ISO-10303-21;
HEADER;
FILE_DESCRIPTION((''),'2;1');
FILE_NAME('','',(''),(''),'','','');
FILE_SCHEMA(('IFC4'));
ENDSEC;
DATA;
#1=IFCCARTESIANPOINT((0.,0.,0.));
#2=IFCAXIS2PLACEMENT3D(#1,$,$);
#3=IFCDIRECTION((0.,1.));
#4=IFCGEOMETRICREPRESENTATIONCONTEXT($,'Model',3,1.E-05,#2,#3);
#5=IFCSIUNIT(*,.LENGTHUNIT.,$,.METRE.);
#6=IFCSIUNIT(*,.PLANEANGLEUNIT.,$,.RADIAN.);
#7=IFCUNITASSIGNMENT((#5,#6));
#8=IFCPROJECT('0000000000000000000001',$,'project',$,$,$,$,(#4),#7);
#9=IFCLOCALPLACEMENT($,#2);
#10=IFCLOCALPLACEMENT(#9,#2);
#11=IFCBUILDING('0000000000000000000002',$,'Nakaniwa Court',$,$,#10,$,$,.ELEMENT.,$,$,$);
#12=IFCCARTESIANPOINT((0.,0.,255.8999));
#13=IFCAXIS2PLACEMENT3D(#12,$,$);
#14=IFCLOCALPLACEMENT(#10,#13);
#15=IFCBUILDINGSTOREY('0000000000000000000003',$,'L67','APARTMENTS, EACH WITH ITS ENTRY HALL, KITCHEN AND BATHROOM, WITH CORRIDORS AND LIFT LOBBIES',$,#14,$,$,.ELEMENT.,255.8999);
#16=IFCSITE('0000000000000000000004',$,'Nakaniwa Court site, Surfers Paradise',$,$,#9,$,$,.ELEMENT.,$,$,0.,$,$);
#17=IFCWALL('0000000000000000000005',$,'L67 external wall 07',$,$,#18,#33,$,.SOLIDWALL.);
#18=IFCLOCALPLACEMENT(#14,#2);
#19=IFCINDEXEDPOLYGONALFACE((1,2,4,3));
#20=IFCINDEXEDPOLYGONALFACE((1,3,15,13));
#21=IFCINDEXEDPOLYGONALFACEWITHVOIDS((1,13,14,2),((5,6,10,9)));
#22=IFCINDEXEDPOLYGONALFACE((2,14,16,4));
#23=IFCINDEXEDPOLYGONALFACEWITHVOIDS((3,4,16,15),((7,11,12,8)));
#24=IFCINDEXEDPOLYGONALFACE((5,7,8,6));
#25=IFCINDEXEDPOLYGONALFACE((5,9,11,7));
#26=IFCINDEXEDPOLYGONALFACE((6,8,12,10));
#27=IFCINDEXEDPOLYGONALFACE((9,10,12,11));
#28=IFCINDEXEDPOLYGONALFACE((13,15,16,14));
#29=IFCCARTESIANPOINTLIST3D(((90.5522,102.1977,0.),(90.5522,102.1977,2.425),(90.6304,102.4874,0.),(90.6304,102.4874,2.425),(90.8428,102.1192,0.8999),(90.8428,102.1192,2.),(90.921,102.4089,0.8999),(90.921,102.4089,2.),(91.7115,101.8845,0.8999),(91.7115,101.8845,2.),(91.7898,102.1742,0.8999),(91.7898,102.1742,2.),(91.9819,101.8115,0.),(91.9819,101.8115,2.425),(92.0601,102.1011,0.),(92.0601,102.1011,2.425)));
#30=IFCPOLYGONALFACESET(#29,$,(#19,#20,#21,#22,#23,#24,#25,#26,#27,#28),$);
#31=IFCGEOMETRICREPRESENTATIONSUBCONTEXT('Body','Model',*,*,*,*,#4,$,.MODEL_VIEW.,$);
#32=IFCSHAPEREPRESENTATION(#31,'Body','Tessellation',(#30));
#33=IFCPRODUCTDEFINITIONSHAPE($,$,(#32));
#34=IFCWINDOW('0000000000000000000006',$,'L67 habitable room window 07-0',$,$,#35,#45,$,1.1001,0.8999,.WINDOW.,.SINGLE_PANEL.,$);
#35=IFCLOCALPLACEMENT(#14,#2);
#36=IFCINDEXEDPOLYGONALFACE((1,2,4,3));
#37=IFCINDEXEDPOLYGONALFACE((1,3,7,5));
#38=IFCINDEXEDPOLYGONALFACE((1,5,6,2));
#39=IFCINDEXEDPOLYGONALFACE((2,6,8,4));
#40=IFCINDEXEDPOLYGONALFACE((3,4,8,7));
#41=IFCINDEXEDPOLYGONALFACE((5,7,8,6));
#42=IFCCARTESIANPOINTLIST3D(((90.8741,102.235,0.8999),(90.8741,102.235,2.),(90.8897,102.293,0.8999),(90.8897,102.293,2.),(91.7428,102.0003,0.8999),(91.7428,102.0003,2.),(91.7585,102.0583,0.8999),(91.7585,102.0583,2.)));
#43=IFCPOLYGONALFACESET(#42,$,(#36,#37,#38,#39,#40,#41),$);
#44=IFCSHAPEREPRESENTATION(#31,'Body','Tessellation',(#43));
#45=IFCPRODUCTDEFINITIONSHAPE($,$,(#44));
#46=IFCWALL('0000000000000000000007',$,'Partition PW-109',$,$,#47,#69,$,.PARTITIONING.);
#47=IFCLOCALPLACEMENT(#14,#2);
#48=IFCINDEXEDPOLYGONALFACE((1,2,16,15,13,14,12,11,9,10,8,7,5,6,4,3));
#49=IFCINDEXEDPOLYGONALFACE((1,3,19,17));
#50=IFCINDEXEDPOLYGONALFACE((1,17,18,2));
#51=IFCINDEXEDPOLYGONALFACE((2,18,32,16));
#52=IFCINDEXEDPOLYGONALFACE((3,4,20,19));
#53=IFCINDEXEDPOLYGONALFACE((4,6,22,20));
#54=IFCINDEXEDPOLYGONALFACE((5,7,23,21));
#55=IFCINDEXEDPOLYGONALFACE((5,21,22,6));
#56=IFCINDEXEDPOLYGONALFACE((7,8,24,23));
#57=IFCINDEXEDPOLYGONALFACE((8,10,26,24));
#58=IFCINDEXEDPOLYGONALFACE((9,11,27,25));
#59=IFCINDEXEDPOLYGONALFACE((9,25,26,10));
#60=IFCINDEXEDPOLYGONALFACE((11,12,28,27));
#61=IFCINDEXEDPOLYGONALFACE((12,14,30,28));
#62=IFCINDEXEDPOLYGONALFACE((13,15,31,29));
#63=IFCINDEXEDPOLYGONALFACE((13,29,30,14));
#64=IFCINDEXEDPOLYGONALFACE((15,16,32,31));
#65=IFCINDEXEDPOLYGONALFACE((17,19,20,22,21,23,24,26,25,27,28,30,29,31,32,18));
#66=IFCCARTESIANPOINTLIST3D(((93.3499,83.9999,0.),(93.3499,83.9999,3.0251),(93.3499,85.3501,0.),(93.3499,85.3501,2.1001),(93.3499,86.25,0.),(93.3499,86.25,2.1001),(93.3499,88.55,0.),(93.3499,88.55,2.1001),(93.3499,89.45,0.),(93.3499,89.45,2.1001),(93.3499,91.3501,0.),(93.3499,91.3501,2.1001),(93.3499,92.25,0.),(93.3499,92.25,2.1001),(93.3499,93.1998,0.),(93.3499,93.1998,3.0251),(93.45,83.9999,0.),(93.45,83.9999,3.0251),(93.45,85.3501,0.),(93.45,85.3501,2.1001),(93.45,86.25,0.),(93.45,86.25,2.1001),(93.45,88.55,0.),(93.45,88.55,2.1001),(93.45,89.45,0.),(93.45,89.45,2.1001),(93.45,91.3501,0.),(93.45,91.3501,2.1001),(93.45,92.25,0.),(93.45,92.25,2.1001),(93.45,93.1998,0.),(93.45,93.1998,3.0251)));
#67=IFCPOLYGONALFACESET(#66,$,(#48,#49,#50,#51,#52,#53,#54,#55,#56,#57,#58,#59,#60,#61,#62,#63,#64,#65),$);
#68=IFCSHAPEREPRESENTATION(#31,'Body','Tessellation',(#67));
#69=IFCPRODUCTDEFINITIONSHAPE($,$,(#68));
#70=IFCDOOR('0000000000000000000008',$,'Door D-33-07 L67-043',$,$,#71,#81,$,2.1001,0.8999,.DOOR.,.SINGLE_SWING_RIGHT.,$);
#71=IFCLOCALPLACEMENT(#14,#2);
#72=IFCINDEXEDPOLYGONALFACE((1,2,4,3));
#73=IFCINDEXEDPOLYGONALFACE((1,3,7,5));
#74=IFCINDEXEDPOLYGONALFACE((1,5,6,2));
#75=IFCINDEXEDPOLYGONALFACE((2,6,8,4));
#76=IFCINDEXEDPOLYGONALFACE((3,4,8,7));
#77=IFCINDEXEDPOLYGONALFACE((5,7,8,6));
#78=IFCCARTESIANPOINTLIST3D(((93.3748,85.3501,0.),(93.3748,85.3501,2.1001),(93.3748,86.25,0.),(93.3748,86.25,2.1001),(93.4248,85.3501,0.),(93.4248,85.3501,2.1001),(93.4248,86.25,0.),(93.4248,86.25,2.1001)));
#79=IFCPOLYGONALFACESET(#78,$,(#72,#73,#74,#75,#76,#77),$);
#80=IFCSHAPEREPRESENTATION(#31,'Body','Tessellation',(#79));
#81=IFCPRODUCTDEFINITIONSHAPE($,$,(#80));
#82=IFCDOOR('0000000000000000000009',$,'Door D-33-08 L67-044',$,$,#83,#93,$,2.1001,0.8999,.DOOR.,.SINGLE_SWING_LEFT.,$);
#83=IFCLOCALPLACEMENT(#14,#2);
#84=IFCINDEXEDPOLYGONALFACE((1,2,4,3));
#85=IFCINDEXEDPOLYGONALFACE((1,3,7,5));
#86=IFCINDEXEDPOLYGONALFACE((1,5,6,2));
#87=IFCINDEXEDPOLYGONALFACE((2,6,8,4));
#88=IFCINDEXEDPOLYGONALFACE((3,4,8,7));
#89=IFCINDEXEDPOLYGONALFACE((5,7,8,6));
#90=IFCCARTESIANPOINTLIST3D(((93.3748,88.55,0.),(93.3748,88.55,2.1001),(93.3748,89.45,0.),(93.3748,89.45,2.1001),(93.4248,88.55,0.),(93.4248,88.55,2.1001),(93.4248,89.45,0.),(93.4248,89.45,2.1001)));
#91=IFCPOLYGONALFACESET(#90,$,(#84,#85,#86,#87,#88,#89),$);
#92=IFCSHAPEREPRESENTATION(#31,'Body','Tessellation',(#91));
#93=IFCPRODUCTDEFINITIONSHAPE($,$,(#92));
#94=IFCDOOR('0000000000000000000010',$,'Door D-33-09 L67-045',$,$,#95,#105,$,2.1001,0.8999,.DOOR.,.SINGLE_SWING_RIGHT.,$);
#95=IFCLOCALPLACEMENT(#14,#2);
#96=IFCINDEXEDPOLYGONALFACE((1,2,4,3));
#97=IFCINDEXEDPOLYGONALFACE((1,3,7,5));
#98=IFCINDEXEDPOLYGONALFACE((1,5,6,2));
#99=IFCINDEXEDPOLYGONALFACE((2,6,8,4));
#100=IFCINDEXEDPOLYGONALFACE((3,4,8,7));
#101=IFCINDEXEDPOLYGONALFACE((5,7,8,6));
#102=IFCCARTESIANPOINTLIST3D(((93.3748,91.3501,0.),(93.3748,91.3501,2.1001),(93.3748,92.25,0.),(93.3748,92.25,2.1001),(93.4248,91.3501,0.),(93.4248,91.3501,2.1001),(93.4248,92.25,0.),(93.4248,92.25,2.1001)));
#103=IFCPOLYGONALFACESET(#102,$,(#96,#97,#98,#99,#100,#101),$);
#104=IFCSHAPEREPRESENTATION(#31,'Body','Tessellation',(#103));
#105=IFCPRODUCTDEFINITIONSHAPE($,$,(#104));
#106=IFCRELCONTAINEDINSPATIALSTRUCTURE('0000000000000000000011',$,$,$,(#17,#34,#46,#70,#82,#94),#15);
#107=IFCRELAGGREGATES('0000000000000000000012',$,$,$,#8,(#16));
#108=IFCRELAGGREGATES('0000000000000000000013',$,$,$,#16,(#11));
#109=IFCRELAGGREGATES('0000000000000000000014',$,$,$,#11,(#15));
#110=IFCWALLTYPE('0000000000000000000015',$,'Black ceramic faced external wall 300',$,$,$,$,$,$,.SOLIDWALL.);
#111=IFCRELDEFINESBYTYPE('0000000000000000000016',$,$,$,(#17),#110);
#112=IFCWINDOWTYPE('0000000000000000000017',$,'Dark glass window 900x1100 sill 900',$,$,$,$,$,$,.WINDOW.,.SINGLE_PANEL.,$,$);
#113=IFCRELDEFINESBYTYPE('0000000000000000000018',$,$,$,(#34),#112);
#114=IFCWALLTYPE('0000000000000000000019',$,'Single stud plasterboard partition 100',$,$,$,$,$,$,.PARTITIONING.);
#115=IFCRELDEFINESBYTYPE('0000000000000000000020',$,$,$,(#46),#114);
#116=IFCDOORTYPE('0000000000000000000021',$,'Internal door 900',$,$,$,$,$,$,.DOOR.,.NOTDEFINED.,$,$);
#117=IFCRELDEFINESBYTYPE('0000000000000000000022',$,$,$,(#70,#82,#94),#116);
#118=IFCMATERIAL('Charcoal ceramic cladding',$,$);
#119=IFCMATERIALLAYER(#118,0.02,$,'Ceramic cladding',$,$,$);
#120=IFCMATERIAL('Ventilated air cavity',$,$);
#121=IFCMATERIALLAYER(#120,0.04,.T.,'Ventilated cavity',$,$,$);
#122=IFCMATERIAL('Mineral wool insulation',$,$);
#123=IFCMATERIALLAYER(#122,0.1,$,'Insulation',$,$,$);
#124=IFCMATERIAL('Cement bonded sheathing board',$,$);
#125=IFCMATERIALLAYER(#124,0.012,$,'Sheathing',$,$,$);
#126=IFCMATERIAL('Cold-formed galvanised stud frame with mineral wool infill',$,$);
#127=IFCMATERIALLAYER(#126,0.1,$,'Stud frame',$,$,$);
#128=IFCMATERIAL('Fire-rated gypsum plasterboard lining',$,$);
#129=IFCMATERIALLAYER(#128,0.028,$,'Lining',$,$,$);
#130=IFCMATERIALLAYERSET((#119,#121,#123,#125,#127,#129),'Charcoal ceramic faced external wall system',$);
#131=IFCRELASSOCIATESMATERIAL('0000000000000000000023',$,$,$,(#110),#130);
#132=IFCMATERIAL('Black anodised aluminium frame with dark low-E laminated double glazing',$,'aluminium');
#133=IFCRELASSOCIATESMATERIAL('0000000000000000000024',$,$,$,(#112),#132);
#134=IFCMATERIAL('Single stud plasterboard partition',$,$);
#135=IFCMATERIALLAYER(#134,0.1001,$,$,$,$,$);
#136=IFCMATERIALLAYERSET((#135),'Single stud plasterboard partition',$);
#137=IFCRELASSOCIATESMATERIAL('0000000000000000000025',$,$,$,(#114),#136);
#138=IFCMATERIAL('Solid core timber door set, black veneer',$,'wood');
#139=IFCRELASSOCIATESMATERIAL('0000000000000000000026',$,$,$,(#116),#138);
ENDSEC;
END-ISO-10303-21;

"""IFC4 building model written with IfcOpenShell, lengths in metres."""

from ifc_helpers import new_model, si_unit, direction, frame, frame_2d, origin, place, context, subcontext, project, spatial, rectangle, extrude, material, layer, layer_set, type_object, element, fill, save


model = new_model("IFC4")

# Units and contexts
model_context = context("Model", 3, precision=1e-05, world=origin(), true_north=direction((0.0, 1.0)))
body_context = subcontext(model_context, "Body", "Model", "MODEL_VIEW")
ifc_project = project(units=[si_unit("LENGTHUNIT", "METRE"), si_unit("PLANEANGLEUNIT", "RADIAN")], contexts=[model_context])

# Site, building, storey
site_placement = place(None, origin())
site = spatial("IfcSite", under=ifc_project, at=site_placement, Name="Nakaniwa Court site, Surfers Paradise", CompositionType="ELEMENT", RefElevation=0.0)
building_placement = place(site_placement, origin())
building = spatial("IfcBuilding", under=site, at=building_placement, Name="Nakaniwa Court", CompositionType="ELEMENT")
storey_placement = place(building_placement, frame((0.0, 0.0, 255.8999)))
storey = spatial("IfcBuildingStorey", under=building, at=storey_placement, Name="L67", Description="APARTMENTS, EACH WITH ITS ENTRY HALL, KITCHEN AND BATHROOM, WITH CORRIDORS AND LIFT LOBBIES", CompositionType="ELEMENT", Elevation=255.8999)

# Shared definitions
ifc_material_1 = material(Name="Solid core timber door set, black veneer", Category="wood")

# Wall, opening, window
ifc_material_2 = material(Name="Charcoal ceramic cladding")
ifc_layer_1 = layer(ifc_material_2, 0.02, Name="Ceramic cladding")
ifc_material_3 = material(Name="Ventilated air cavity")
ifc_layer_2 = layer(ifc_material_3, 0.04, ventilated=True, Name="Ventilated cavity")
ifc_material_4 = material(Name="Mineral wool insulation")
ifc_layer_3 = layer(ifc_material_4, 0.1, Name="Insulation")
ifc_material_5 = material(Name="Cement bonded sheathing board")
ifc_layer_4 = layer(ifc_material_5, 0.012, Name="Sheathing")
ifc_material_6 = material(Name="Cold-formed galvanised stud frame with mineral wool infill")
ifc_layer_5 = layer(ifc_material_6, 0.1, Name="Stud frame")
ifc_material_7 = material(Name="Fire-rated gypsum plasterboard lining")
ifc_layer_6 = layer(ifc_material_7, 0.028, Name="Lining")
ifc_layer_set_1 = layer_set([ifc_layer_1, ifc_layer_2, ifc_layer_3, ifc_layer_4, ifc_layer_5, ifc_layer_6], Name="Charcoal ceramic faced external wall system")
wall_type_1 = type_object("IfcWallType", Name="Black ceramic faced external wall 300", PredefinedType="SOLIDWALL", material=ifc_layer_set_1)
ifc_material_8 = material(Name="Black anodised aluminium frame with dark low-E laminated double glazing", Category="aluminium")
window_type_1 = type_object("IfcWindowType", Name="Dark glass window 900x1100 sill 900", PartitioningType="SINGLE_PANEL", PredefinedType="WINDOW", material=ifc_material_8)
wall_1_placement = place(storey_placement, frame((92.021, 101.9563, 0.0), z_axis=(0.0, 0.0, 1.0), x_axis=(-0.965393, 0.260801, 0.0)))
wall_1 = element("IfcWall", 1, at=wall_1_placement, inside=storey, type_object=wall_type_1, Name="L67 external wall 07", PredefinedType="SOLIDWALL", context=body_context, shape_type="SweptSolid", body=[
    extrude(rectangle(XDim=1.481, YDim=0.3, at=frame_2d((0.7405, 0.0))), origin(), (0.0, 0.0, 1.0), 2.425),
])
opening_1_placement = place(wall_1_placement, frame((0.28, 0.0, 0.8999)))
opening_1 = element("IfcOpeningElement", 2, at=opening_1_placement, cuts=wall_1, PredefinedType="OPENING", context=body_context, shape_type="SweptSolid", body=[
    extrude(rectangle(XDim=0.8999, YDim=1.1001, at=frame_2d((0.45, 0.55))), frame((0.0, 0.1599, 0.0), z_axis=(0.0, -1.0, 0.0), x_axis=(1.0, 0.0, 0.0)), (0.0, 0.0, 1.0), 0.3201),
])
window_1_placement = place(opening_1_placement, origin())
window_1 = element("IfcWindow", 3, at=window_1_placement, inside=storey, type_object=window_type_1, Name="L67 habitable room window 07-0", OverallHeight=1.1001, OverallWidth=0.8999, PartitioningType="SINGLE_PANEL", PredefinedType="WINDOW", context=body_context, shape_type="SweptSolid", body=[
    extrude(rectangle(XDim=0.8999, YDim=1.1001, at=frame_2d((0.45, 0.55))), frame((0.0, 0.03, 0.0), z_axis=(0.0, -1.0, 0.0), x_axis=(1.0, 0.0, 0.0)), (0.0, 0.0, 1.0), 0.0601),
])
fill(opening_1, window_1)

# Wall, openings, doors
ifc_material_9 = material(Name="Single stud plasterboard partition")
ifc_layer_7 = layer(ifc_material_9, 0.1001)
ifc_layer_set_2 = layer_set([ifc_layer_7], Name="Single stud plasterboard partition")
wall_type_2 = type_object("IfcWallType", Name="Single stud plasterboard partition 100", PredefinedType="PARTITIONING", material=ifc_layer_set_2)
wall_2_placement = place(storey_placement, frame((93.3999, 93.2, 0.0), z_axis=(0.0, 0.0, 1.0), x_axis=(0.0, -1.0, 0.0)))
wall_2 = element("IfcWall", 4, at=wall_2_placement, inside=storey, type_object=wall_type_2, Name="Partition PW-109", PredefinedType="PARTITIONING", context=body_context, shape_type="SweptSolid", body=[
    extrude(rectangle(XDim=9.2, YDim=0.1001, at=frame_2d((4.6001, 0.0))), origin(), (0.0, 0.0, 1.0), 3.0251),
])
opening_2_placement = place(wall_2_placement, frame((6.95, 0.0, 0.0)))
opening_2 = element("IfcOpeningElement", 5, at=opening_2_placement, cuts=wall_2, PredefinedType="OPENING", context=body_context, shape_type="SweptSolid", body=[
    extrude(rectangle(XDim=0.8999, YDim=2.1001, at=frame_2d((0.45, 1.05))), frame((0.0, 0.0601, 0.0), z_axis=(0.0, -1.0, 0.0), x_axis=(1.0, 0.0, 0.0)), (0.0, 0.0, 1.0), 0.1201),
])
opening_3_placement = place(wall_2_placement, frame((3.75, 0.0, 0.0)))
opening_3 = element("IfcOpeningElement", 6, at=opening_3_placement, cuts=wall_2, PredefinedType="OPENING", context=body_context, shape_type="SweptSolid", body=[
    extrude(rectangle(XDim=0.8999, YDim=2.1001, at=frame_2d((0.45, 1.05))), frame((0.0, 0.0601, 0.0), z_axis=(0.0, -1.0, 0.0), x_axis=(1.0, 0.0, 0.0)), (0.0, 0.0, 1.0), 0.1201),
])
opening_4_placement = place(wall_2_placement, frame((0.95, 0.0, 0.0)))
opening_4 = element("IfcOpeningElement", 7, at=opening_4_placement, cuts=wall_2, PredefinedType="OPENING", context=body_context, shape_type="SweptSolid", body=[
    extrude(rectangle(XDim=0.8999, YDim=2.1001, at=frame_2d((0.45, 1.05))), frame((0.0, 0.0601, 0.0), z_axis=(0.0, -1.0, 0.0), x_axis=(1.0, 0.0, 0.0)), (0.0, 0.0, 1.0), 0.1201),
])
door_type_1 = type_object("IfcDoorType", Name="Internal door 900", OperationType="NOTDEFINED", PredefinedType="DOOR", material=ifc_material_1)
door_1_placement = place(opening_2_placement, origin())
door_1 = element("IfcDoor", 8, at=door_1_placement, inside=storey, type_object=door_type_1, Name="Door D-33-07 L67-043", OperationType="SINGLE_SWING_RIGHT", OverallHeight=2.1001, OverallWidth=0.8999, PredefinedType="DOOR", context=body_context, shape_type="SweptSolid", body=[
    extrude(rectangle(XDim=0.8999, YDim=2.1001, at=frame_2d((0.45, 1.05))), frame((0.0, 0.0249, 0.0), z_axis=(0.0, -1.0, 0.0), x_axis=(1.0, 0.0, 0.0)), (0.0, 0.0, 1.0), 0.05),
])
fill(opening_2, door_1)
door_2_placement = place(opening_3_placement, origin())
door_2 = element("IfcDoor", 9, at=door_2_placement, inside=storey, type_object=door_type_1, Name="Door D-33-08 L67-044", OperationType="SINGLE_SWING_LEFT", OverallHeight=2.1001, OverallWidth=0.8999, PredefinedType="DOOR", context=body_context, shape_type="SweptSolid", body=[
    extrude(rectangle(XDim=0.8999, YDim=2.1001, at=frame_2d((0.45, 1.05))), frame((0.0, 0.0249, 0.0), z_axis=(0.0, -1.0, 0.0), x_axis=(1.0, 0.0, 0.0)), (0.0, 0.0, 1.0), 0.05),
])
fill(opening_3, door_2)
door_3_placement = place(opening_4_placement, origin())
door_3 = element("IfcDoor", 10, at=door_3_placement, inside=storey, type_object=door_type_1, Name="Door D-33-09 L67-045", OperationType="SINGLE_SWING_RIGHT", OverallHeight=2.1001, OverallWidth=0.8999, PredefinedType="DOOR", context=body_context, shape_type="SweptSolid", body=[
    extrude(rectangle(XDim=0.8999, YDim=2.1001, at=frame_2d((0.45, 1.05))), frame((0.0, 0.0249, 0.0), z_axis=(0.0, -1.0, 0.0), x_axis=(1.0, 0.0, 0.0)), (0.0, 0.0, 1.0), 0.05),
])
fill(opening_4, door_3)

save(model, "model.ifc")
